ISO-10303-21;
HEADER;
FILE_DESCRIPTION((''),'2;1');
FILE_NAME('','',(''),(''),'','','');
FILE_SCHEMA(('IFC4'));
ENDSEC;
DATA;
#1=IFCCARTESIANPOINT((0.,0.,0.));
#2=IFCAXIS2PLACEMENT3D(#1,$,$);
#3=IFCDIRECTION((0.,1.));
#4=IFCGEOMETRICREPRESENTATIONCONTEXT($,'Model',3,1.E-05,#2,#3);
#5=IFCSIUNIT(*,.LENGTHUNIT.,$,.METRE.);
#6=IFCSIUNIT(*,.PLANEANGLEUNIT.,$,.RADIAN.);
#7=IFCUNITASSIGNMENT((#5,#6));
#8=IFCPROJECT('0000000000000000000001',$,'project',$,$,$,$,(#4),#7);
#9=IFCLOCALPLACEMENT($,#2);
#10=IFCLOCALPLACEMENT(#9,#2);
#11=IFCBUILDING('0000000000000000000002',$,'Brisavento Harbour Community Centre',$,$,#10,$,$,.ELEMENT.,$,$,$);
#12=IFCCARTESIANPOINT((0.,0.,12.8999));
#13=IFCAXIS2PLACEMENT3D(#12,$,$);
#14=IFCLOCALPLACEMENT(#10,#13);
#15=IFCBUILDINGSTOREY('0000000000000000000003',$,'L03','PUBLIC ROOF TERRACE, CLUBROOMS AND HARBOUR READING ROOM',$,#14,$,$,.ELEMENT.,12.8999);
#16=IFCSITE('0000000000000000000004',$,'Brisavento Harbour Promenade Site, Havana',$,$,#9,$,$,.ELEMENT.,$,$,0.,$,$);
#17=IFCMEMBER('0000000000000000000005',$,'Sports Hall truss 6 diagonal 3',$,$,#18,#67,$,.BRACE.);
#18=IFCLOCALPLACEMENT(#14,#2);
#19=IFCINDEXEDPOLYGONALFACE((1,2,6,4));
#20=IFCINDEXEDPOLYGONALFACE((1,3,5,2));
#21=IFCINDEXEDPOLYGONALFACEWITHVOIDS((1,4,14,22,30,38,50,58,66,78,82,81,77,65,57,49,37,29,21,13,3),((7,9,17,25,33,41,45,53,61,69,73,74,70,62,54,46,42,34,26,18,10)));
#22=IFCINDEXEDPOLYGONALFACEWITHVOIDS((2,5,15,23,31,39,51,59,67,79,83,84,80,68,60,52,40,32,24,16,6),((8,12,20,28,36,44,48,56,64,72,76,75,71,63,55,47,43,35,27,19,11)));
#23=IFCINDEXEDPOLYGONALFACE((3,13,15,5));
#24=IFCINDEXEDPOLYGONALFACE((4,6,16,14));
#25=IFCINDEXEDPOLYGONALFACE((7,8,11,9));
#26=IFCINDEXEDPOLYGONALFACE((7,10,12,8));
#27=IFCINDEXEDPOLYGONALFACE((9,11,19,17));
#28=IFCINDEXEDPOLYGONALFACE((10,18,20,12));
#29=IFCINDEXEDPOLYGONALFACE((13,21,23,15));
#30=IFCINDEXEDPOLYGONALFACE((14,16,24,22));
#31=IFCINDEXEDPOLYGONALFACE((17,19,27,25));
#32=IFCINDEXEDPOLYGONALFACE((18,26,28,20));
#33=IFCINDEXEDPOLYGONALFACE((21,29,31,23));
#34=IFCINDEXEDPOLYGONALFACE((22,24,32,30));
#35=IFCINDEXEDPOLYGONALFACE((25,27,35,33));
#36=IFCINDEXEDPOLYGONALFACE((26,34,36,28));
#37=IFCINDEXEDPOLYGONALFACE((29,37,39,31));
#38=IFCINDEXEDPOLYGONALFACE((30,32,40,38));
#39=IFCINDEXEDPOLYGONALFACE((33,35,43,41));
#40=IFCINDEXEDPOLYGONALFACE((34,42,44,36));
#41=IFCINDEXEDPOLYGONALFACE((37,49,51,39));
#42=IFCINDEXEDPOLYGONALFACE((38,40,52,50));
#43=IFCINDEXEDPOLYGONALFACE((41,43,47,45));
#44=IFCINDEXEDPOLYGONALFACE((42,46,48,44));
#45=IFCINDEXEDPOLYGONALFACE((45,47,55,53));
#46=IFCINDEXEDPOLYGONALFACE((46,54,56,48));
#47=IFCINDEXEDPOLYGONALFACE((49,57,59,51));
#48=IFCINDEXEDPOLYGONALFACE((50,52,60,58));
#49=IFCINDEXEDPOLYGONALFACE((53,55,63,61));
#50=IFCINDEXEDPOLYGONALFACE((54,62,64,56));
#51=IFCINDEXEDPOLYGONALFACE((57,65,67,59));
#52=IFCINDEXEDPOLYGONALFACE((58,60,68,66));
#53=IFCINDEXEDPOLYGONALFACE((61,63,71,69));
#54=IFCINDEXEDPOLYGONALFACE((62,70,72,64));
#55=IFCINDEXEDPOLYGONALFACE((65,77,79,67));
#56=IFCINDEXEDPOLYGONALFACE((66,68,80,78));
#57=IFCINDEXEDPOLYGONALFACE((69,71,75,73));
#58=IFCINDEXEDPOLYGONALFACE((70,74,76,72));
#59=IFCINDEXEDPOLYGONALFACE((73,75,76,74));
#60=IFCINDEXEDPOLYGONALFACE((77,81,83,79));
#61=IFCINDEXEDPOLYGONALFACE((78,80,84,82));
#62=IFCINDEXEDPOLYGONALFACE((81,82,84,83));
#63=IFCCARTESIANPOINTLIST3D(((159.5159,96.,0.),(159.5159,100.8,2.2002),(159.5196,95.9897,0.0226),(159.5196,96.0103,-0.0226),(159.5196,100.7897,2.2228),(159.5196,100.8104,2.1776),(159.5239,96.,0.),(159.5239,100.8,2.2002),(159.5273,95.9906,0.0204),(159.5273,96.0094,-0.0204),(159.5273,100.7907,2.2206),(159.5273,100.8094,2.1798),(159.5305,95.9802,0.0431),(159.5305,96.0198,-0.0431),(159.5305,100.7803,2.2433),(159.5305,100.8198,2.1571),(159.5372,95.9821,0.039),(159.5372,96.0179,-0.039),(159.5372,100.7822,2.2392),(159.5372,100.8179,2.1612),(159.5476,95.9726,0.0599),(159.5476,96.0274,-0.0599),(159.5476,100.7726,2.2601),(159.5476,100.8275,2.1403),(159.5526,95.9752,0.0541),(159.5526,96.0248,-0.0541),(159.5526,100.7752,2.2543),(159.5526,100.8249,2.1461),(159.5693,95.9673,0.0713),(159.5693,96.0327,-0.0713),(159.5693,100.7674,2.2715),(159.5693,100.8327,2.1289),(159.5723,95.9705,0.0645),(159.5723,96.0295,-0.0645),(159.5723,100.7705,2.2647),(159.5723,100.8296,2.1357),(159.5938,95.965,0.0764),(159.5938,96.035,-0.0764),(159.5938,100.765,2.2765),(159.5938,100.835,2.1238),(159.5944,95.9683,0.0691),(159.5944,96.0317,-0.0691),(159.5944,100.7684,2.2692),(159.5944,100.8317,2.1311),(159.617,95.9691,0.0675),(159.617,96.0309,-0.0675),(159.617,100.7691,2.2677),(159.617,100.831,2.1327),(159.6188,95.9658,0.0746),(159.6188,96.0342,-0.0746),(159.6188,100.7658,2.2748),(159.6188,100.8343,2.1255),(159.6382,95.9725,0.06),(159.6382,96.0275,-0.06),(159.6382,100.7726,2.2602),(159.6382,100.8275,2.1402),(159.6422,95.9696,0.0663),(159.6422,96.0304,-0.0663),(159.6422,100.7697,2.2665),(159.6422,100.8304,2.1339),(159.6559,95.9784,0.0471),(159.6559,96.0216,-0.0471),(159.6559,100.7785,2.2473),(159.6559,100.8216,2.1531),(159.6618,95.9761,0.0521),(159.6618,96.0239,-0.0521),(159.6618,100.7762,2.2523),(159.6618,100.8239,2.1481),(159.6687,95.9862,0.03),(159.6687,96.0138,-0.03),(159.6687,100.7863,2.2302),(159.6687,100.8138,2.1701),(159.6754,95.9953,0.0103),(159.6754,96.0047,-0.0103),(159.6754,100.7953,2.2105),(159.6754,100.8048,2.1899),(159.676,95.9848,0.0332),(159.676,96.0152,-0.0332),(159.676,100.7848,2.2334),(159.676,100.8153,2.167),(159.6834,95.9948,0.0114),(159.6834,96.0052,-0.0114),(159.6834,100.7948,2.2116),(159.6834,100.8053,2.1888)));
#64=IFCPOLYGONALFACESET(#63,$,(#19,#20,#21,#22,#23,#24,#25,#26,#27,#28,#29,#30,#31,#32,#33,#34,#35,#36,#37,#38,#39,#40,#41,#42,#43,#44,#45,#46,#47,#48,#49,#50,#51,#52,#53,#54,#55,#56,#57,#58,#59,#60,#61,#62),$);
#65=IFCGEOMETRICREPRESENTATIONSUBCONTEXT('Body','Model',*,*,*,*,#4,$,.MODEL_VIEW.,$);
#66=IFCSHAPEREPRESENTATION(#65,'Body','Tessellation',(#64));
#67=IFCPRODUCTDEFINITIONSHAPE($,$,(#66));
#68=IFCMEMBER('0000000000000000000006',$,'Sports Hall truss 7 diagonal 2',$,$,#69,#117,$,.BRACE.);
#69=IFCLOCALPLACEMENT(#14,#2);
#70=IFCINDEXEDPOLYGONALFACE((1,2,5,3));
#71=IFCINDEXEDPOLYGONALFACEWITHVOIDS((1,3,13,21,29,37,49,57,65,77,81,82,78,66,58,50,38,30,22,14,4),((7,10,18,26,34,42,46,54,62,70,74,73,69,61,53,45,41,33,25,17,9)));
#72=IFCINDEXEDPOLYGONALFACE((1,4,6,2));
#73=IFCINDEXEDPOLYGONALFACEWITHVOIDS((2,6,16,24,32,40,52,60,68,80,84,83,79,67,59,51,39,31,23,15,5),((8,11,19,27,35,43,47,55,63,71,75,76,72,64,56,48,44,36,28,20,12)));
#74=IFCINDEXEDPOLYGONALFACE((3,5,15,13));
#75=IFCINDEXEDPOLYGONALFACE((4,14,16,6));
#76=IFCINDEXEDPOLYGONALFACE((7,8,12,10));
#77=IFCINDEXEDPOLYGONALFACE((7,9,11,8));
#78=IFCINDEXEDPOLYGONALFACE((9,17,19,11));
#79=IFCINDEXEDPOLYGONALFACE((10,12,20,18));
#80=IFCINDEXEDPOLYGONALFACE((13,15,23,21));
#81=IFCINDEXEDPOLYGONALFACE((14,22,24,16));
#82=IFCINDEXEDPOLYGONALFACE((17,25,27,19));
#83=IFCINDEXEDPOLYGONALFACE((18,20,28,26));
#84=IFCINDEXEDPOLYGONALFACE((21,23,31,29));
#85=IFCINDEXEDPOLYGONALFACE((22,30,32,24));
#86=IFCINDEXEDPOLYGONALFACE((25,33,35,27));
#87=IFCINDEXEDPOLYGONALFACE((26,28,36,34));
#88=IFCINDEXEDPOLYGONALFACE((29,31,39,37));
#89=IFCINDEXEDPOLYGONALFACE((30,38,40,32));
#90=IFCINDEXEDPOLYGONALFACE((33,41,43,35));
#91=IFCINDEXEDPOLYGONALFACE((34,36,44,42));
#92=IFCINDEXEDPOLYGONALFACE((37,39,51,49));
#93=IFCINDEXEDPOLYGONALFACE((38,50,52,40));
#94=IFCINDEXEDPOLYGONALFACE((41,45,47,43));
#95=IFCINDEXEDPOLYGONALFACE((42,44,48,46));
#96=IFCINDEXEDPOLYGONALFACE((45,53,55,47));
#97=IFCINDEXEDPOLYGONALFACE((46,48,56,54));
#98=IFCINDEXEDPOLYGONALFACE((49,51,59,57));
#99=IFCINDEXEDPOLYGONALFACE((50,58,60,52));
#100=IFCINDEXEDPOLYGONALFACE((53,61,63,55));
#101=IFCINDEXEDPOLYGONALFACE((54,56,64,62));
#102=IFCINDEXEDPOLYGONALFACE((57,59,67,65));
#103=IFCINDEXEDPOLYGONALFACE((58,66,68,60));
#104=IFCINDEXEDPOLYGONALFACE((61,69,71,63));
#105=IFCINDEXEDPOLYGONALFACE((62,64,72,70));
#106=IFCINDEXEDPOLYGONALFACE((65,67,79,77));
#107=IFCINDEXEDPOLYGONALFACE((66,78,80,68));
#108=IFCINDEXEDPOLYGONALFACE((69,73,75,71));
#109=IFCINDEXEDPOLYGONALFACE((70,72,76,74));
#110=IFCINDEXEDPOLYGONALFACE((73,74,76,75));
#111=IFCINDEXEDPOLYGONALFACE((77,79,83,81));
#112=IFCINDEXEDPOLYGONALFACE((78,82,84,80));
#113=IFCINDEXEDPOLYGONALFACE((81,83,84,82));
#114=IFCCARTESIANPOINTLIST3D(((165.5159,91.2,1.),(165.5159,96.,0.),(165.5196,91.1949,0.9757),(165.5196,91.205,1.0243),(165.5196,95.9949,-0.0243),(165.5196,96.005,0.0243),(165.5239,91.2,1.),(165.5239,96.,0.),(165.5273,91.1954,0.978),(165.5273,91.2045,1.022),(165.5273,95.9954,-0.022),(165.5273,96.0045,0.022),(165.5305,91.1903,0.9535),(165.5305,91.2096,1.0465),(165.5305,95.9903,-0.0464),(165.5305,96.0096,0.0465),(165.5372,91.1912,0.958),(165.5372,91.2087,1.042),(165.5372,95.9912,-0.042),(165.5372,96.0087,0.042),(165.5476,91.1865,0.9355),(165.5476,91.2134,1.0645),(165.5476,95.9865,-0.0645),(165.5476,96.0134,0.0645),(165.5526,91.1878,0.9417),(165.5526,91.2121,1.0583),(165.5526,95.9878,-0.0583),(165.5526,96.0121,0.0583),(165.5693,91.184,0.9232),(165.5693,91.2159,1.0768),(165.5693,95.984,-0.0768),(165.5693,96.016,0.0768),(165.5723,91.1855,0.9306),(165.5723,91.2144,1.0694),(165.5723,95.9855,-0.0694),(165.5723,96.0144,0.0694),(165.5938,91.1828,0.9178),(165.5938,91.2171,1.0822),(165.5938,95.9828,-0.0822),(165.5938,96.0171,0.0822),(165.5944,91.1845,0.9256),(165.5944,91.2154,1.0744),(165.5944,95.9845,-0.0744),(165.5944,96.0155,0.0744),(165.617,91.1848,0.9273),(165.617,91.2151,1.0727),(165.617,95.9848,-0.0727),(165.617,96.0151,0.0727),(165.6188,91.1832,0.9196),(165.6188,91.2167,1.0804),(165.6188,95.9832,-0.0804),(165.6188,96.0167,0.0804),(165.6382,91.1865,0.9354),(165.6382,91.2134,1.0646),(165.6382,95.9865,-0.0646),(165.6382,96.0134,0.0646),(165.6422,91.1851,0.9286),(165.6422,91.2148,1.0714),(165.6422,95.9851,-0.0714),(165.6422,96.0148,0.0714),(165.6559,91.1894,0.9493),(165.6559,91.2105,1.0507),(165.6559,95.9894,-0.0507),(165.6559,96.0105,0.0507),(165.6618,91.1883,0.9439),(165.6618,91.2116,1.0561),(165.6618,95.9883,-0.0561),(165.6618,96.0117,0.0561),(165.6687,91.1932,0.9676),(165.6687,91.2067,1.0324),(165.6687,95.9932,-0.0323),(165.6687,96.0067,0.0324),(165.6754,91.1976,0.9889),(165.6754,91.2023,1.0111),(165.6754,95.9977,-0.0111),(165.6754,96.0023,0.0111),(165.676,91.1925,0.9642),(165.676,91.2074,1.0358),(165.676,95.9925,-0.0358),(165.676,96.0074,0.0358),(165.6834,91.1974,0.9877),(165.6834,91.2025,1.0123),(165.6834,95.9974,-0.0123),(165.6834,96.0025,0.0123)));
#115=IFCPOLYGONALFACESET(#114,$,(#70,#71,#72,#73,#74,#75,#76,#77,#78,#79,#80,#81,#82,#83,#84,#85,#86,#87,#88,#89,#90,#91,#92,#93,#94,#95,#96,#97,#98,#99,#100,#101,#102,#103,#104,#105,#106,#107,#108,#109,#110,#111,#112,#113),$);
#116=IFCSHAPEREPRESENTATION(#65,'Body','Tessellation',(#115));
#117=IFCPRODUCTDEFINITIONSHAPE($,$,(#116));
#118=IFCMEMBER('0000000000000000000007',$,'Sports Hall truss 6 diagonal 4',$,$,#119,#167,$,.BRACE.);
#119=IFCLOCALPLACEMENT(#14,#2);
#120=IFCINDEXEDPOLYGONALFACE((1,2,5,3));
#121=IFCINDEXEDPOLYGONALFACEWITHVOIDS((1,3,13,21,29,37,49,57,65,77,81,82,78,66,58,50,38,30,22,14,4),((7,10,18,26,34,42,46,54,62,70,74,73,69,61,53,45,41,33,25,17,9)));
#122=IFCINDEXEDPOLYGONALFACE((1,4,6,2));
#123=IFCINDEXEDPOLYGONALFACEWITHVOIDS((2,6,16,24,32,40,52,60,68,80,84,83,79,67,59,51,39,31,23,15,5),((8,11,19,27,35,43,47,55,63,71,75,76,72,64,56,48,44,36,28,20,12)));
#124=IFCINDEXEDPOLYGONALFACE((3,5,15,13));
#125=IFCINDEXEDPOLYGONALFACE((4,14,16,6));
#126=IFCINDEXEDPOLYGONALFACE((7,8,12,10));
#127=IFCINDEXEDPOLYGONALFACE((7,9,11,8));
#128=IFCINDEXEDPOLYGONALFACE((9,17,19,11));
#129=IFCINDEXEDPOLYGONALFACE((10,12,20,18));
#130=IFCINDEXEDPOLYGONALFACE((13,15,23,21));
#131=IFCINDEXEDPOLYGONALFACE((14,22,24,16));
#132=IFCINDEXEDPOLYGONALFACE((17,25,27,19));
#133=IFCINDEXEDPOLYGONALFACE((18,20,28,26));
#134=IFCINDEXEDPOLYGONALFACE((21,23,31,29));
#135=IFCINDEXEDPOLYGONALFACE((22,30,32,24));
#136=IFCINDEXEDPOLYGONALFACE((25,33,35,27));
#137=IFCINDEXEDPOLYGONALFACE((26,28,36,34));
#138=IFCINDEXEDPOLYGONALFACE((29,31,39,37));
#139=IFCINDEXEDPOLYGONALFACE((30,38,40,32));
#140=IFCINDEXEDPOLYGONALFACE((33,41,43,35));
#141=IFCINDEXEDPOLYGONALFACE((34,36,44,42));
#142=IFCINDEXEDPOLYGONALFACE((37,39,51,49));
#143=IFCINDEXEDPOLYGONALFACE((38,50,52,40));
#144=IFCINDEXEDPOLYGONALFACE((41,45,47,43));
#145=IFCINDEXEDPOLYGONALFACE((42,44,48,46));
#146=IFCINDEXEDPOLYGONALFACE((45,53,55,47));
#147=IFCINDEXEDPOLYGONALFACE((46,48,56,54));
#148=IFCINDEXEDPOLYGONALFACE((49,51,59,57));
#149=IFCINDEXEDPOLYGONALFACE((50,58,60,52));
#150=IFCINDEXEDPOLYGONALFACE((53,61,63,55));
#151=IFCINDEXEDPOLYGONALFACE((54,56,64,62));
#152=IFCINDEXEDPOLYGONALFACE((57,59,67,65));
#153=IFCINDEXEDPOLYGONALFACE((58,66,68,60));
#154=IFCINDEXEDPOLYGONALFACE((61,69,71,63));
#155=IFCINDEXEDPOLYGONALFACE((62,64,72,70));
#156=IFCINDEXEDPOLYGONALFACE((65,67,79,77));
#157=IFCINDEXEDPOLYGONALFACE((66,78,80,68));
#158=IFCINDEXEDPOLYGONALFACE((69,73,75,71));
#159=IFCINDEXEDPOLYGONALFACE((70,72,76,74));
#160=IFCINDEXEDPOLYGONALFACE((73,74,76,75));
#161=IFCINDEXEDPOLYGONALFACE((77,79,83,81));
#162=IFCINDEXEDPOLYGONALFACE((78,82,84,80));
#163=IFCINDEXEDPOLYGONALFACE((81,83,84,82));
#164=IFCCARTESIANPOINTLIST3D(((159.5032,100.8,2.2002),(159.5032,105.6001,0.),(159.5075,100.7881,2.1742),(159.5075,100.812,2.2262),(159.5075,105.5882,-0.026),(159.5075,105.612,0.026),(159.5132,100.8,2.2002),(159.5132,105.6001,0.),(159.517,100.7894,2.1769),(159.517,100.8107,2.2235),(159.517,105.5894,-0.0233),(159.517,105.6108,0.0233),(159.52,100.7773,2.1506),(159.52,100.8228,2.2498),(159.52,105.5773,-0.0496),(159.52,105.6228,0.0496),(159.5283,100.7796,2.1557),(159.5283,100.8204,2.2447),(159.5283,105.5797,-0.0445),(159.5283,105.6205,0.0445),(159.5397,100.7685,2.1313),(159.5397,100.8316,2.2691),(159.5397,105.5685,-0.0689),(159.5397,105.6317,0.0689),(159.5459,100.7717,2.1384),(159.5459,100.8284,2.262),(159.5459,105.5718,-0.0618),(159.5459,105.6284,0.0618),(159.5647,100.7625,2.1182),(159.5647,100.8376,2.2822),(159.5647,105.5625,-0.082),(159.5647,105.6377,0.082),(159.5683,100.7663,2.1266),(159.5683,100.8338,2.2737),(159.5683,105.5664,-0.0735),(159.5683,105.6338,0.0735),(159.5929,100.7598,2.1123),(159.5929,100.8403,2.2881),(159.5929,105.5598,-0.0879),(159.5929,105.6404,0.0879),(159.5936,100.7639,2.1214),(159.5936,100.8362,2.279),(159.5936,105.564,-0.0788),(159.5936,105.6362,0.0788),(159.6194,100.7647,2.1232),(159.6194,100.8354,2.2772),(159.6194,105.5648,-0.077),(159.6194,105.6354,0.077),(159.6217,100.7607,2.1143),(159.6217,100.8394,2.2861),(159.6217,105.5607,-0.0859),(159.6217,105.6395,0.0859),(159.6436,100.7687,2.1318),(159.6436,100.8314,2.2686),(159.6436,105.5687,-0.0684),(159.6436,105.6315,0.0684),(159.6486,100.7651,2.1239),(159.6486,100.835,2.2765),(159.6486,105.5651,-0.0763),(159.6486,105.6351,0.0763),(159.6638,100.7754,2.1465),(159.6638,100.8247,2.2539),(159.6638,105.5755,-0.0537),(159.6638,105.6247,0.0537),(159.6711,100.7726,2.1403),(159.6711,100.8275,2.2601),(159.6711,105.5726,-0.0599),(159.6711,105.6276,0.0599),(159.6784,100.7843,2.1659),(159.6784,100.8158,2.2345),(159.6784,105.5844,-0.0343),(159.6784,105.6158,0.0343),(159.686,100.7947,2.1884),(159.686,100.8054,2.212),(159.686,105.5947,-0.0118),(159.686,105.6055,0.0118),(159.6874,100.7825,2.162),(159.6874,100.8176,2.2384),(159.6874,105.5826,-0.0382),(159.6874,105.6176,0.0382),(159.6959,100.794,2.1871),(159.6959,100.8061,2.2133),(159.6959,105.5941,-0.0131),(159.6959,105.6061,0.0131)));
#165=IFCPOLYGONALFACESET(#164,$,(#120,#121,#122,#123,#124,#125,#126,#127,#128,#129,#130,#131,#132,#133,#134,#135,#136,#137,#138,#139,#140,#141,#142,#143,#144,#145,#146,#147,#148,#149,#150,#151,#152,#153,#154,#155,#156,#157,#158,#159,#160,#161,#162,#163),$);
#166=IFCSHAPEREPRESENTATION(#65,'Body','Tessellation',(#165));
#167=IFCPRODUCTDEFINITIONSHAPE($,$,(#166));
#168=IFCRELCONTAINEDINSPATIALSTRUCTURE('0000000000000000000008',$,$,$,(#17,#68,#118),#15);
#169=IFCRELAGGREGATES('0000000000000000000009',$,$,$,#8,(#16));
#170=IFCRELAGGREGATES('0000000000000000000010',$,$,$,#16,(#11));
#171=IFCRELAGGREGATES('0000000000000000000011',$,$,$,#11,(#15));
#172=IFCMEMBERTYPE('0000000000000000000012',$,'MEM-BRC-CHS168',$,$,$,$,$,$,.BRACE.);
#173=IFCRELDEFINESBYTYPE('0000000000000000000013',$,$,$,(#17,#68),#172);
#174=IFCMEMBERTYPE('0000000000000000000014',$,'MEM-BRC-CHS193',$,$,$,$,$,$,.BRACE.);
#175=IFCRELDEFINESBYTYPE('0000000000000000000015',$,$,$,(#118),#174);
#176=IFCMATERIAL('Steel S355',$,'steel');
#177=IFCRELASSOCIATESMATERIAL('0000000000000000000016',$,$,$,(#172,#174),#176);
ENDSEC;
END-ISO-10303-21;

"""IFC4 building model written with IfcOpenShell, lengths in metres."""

from ifc_helpers import new_model, si_unit, direction, frame, origin, origin_2d, place, context, subcontext, project, spatial, hollow_circle, extrude, material, material_profile, profile_set, type_object, element, save


model = new_model("IFC4")

# Units and contexts
model_context = context("Model", 3, precision=1e-05, world=origin(), true_north=direction((0.0, 1.0)))
body_context = subcontext(model_context, "Body", "Model", "MODEL_VIEW")
ifc_project = project(units=[si_unit("LENGTHUNIT", "METRE"), si_unit("PLANEANGLEUNIT", "RADIAN")], contexts=[model_context])

# Site, building, storey
site_placement = place(None, origin())
site = spatial("IfcSite", under=ifc_project, at=site_placement, Name="Brisavento Harbour Promenade Site, Havana", CompositionType="ELEMENT", RefElevation=0.0)
building_placement = place(site_placement, origin())
building = spatial("IfcBuilding", under=site, at=building_placement, Name="Brisavento Harbour Community Centre", CompositionType="ELEMENT")
storey_placement = place(building_placement, frame((0.0, 0.0, 12.8999)))
storey = spatial("IfcBuildingStorey", under=building, at=storey_placement, Name="L03", Description="PUBLIC ROOF TERRACE, CLUBROOMS AND HARBOUR READING ROOM", CompositionType="ELEMENT", Elevation=12.8999)

# Members
ifc_material_1 = material(Name="Steel S355", Category="steel")
ifc_material_profile_1 = material_profile(ifc_material_1, hollow_circle(Radius=0.0842, WallThickness=0.0081, at=origin_2d()), Name="Steel S355")
ifc_profile_set_1 = profile_set([ifc_material_profile_1], Name="Steel S355")
member_type_1 = type_object("IfcMemberType", Name="MEM-BRC-CHS168", PredefinedType="BRACE", material=ifc_profile_set_1)
member_1_placement = place(storey_placement, frame((159.6001, 96.0, 0.0), z_axis=(0.0, 0.909052, 0.416682), x_axis=(-1.0, 0.0, 0.0)))
element("IfcMember", 1, at=member_1_placement, inside=storey, type_object=member_type_1, Name="Sports Hall truss 6 diagonal 3", PredefinedType="BRACE", context=body_context, shape_type="SweptSolid", body=[
    extrude(hollow_circle(Radius=0.0842, WallThickness=0.0081, at=origin_2d()), origin(), (0.0, 0.0, 1.0), 5.2803),
])
member_2_placement = place(storey_placement, frame((165.6001, 91.2, 1.0), z_axis=(0.0, 0.978981, -0.203952), x_axis=(-1.0, 0.0, 0.0)))
element("IfcMember", 2, at=member_2_placement, inside=storey, type_object=member_type_1, Name="Sports Hall truss 7 diagonal 2", PredefinedType="BRACE", context=body_context, shape_type="SweptSolid", body=[
    extrude(hollow_circle(Radius=0.0842, WallThickness=0.0081, at=origin_2d()), origin(), (0.0, 0.0, 1.0), 4.9031),
])
ifc_material_profile_2 = material_profile(ifc_material_1, hollow_circle(Radius=0.0969, WallThickness=0.01, at=origin_2d()), Name="Steel S355")
ifc_profile_set_2 = profile_set([ifc_material_profile_2], Name="Steel S355")
member_type_2 = type_object("IfcMemberType", Name="MEM-BRC-CHS193", PredefinedType="BRACE", material=ifc_profile_set_2)
for number, where, z_axis, x_axis, name in (
    (3, (159.6001, 100.8, 2.2002), (0.0, 0.909052, -0.416682), (-1.0, 0.0, 0.0), "Sports Hall truss 6 diagonal 4"),
):
    element("IfcMember", number, at=place(storey_placement, frame(where, z_axis=z_axis, x_axis=x_axis)), inside=storey, type_object=member_type_2, Name=name, PredefinedType="BRACE", context=body_context, shape_type="SweptSolid", body=[
        extrude(hollow_circle(Radius=0.0969, WallThickness=0.01, at=origin_2d()), origin(), (0.0, 0.0, 1.0), 5.2803),
    ])

save(model, "model.ifc")
